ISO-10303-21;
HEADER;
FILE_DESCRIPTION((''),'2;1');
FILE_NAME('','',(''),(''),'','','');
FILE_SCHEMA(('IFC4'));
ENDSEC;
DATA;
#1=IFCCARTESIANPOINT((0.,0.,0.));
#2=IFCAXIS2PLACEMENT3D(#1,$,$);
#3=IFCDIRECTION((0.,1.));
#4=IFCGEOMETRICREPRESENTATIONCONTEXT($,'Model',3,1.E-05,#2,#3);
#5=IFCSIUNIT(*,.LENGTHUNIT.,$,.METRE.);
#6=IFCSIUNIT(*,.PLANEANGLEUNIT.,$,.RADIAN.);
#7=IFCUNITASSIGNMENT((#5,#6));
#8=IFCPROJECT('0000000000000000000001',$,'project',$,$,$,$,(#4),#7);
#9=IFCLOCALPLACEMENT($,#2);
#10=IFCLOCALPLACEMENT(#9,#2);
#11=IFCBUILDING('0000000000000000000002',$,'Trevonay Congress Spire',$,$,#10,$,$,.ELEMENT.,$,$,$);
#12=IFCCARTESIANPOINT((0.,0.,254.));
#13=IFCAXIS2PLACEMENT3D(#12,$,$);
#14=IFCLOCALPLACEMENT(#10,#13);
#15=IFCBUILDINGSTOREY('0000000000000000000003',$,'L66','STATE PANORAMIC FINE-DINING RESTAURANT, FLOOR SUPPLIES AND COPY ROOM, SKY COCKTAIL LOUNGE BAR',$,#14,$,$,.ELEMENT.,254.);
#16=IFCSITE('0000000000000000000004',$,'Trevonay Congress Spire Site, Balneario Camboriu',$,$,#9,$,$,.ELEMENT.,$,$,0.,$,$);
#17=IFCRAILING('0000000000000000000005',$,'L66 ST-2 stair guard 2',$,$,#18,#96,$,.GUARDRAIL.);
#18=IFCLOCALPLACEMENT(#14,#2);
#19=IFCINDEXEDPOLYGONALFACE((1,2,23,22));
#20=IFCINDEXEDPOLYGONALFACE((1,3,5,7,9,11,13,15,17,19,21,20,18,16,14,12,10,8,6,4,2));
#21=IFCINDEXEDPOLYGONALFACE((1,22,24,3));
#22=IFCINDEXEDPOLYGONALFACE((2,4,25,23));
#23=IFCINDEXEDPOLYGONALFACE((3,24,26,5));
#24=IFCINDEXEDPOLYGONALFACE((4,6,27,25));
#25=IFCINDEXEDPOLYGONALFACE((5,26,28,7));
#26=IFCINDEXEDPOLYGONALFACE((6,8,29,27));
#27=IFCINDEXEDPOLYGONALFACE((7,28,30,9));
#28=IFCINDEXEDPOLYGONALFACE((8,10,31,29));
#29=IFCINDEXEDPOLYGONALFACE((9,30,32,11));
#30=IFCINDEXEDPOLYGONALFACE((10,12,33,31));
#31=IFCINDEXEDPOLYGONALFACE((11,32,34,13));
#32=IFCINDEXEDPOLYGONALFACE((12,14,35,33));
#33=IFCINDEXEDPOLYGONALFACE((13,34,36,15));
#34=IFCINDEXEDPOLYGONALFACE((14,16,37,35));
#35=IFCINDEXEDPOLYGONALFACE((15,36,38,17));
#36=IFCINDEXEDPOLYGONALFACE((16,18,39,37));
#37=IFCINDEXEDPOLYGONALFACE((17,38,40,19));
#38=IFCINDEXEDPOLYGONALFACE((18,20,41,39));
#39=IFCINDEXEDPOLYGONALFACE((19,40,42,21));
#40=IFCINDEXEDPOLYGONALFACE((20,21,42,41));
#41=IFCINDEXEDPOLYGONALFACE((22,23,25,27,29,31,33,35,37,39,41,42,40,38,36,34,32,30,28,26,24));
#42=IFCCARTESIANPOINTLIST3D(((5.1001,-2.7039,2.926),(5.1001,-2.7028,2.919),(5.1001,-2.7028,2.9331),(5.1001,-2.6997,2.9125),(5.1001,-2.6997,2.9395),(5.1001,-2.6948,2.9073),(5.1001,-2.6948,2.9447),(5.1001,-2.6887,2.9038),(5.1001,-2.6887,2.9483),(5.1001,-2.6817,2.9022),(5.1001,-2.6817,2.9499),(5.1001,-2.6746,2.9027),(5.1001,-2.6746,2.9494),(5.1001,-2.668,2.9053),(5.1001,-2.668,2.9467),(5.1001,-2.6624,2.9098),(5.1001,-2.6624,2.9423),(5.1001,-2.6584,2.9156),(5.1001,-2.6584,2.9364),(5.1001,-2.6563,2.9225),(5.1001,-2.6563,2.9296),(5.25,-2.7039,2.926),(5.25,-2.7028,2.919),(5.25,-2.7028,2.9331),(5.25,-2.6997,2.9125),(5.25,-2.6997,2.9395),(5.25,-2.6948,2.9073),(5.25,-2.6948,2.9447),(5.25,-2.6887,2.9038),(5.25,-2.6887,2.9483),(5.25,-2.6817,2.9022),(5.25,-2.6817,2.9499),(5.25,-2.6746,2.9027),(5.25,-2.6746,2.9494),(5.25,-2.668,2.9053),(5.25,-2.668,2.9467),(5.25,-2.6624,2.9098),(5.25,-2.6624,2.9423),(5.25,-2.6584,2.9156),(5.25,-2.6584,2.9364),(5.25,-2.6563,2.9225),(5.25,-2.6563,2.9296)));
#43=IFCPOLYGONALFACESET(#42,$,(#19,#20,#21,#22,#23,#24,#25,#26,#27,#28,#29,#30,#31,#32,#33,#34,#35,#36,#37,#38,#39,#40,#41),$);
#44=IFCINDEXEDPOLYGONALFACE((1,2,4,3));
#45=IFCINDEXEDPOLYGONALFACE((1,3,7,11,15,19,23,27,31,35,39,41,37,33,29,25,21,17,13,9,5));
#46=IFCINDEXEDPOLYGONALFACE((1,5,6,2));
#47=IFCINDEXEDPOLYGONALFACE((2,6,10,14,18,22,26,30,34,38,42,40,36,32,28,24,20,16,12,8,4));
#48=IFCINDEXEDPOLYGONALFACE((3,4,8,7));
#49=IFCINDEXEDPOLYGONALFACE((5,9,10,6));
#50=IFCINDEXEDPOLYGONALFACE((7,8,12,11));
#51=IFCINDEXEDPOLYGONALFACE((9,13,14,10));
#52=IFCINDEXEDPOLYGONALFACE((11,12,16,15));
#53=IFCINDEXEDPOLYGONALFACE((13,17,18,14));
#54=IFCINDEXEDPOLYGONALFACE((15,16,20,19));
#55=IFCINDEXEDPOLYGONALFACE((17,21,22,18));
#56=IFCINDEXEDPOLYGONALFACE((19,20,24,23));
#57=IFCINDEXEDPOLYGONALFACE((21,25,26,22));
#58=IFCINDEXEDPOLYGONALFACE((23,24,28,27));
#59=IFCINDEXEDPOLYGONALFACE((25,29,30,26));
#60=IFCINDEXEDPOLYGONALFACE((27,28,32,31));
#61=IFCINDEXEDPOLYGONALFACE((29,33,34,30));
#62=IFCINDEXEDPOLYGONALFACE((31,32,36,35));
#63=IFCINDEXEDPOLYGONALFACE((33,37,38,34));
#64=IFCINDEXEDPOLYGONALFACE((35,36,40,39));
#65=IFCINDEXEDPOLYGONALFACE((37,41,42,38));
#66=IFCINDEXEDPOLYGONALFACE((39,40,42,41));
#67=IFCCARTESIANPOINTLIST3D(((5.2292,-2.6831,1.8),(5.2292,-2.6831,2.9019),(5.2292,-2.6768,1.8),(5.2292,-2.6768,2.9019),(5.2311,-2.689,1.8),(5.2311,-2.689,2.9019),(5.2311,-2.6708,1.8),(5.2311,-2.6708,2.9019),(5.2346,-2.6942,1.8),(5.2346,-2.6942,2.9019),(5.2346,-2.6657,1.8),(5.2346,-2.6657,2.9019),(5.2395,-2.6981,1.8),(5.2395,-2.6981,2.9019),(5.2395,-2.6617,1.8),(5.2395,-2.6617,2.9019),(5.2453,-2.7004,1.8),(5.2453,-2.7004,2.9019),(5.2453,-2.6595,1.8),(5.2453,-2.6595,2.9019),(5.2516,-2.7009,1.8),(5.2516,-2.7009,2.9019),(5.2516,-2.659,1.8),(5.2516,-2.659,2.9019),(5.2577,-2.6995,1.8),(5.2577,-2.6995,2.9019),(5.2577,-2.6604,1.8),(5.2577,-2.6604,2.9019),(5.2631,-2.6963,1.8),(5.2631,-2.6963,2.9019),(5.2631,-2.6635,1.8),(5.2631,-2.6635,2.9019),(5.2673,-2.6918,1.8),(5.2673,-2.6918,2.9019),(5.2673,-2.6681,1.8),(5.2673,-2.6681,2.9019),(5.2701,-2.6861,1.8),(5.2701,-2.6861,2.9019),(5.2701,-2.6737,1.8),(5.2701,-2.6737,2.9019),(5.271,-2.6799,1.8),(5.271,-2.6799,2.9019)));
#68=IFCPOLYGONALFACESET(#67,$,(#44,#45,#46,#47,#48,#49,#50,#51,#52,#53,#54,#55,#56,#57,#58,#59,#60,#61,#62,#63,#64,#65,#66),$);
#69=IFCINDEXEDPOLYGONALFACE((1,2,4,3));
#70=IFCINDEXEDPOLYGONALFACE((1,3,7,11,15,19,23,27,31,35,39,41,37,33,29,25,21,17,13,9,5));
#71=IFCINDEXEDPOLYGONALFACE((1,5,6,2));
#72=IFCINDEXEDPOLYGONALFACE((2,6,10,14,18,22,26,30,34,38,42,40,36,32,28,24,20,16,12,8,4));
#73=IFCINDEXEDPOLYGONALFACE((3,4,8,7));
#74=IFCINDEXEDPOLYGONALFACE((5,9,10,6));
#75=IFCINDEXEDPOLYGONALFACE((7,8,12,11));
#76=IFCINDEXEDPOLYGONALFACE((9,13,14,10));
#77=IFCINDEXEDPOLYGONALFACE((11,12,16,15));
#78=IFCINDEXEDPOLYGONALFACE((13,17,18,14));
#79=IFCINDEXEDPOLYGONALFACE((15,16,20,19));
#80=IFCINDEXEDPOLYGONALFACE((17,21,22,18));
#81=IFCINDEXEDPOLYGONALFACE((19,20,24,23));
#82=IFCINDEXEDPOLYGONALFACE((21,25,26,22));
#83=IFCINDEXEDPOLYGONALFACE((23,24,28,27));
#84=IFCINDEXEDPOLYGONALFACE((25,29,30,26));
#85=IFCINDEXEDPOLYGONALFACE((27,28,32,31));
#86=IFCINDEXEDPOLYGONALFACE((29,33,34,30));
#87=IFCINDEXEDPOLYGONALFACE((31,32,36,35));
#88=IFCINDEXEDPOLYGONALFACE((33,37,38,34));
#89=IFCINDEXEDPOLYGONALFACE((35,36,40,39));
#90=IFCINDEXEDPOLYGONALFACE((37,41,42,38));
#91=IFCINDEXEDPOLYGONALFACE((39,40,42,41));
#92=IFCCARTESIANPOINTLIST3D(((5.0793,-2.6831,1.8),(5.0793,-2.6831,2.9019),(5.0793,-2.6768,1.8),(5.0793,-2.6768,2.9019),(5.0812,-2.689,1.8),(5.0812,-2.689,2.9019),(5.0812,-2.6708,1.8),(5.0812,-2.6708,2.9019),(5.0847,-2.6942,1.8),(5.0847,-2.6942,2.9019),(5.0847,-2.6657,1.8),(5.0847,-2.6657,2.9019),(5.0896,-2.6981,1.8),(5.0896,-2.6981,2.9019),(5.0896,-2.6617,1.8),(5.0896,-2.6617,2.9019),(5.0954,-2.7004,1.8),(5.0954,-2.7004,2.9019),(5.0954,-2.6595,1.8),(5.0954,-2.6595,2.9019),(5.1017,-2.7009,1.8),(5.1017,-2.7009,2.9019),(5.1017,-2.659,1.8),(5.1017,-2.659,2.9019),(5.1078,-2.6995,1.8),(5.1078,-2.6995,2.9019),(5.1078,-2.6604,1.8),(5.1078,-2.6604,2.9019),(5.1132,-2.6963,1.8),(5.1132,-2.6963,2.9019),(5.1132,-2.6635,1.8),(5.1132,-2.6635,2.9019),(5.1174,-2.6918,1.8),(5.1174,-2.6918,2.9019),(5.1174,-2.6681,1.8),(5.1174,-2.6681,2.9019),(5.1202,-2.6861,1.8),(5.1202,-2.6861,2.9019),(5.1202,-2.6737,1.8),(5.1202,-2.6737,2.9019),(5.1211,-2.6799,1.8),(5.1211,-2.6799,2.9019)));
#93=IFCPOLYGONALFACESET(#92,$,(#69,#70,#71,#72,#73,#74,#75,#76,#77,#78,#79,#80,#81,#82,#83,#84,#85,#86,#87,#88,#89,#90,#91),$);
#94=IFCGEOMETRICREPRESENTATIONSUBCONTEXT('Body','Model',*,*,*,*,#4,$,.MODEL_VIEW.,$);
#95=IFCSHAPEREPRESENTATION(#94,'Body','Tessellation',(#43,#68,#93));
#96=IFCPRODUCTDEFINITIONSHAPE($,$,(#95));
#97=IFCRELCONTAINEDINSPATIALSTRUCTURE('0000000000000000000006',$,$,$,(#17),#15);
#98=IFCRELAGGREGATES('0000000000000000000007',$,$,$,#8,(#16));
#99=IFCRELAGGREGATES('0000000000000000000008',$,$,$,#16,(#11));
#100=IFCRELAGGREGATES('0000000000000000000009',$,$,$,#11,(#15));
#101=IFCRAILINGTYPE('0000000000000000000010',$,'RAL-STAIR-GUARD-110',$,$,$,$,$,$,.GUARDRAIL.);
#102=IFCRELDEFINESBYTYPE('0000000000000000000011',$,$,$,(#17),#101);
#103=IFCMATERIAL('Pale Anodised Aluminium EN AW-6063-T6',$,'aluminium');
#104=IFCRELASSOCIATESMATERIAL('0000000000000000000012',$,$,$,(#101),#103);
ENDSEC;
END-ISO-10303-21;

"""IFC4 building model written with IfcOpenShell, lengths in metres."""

from ifc_helpers import new_model, si_unit, direction, frame, origin, origin_2d, place, context, subcontext, project, spatial, circle, extrude, material, type_object, element, save


model = new_model("IFC4")

# Units and contexts
model_context = context("Model", 3, precision=1e-05, world=origin(), true_north=direction((0.0, 1.0)))
body_context = subcontext(model_context, "Body", "Model", "MODEL_VIEW")
ifc_project = project(units=[si_unit("LENGTHUNIT", "METRE"), si_unit("PLANEANGLEUNIT", "RADIAN")], contexts=[model_context])

# Site, building, storey
site_placement = place(None, origin())
site = spatial("IfcSite", under=ifc_project, at=site_placement, Name="Trevonay Congress Spire Site, Balneario Camboriu", CompositionType="ELEMENT", RefElevation=0.0)
building_placement = place(site_placement, origin())
building = spatial("IfcBuilding", under=site, at=building_placement, Name="Trevonay Congress Spire", CompositionType="ELEMENT")
storey_placement = place(building_placement, frame((0.0, 0.0, 254.0)))
storey = spatial("IfcBuildingStorey", under=building, at=storey_placement, Name="L66", Description="STATE PANORAMIC FINE-DINING RESTAURANT, FLOOR SUPPLIES AND COPY ROOM, SKY COCKTAIL LOUNGE BAR", CompositionType="ELEMENT", Elevation=254.0)

# Shared definitions
ifc_material_1 = material(Name="Pale Anodised Aluminium EN AW-6063-T6", Category="aluminium")

# Railing
railing_type_1 = type_object("IfcRailingType", Name="RAL-STAIR-GUARD-110", PredefinedType="GUARDRAIL", material=ifc_material_1)
railing_1_placement = place(storey_placement, frame((5.25, -2.6799, 1.8)))
element("IfcRailing", 1, at=railing_1_placement, inside=storey, type_object=railing_type_1, Name="L66 ST-2 stair guard 2", PredefinedType="GUARDRAIL", context=body_context, shape_type="SweptSolid", body=[
    extrude(circle(Radius=0.0239, at=origin_2d()), frame((0.0, 0.0, 1.126), z_axis=(-1.0, 0.0, 0.0), x_axis=(0.0, -1.0, 0.0)), (0.0, 0.0, 1.0), 0.1499),
    extrude(circle(Radius=0.021, at=origin_2d()), origin(), (0.0, 0.0, 1.0), 1.1018),
    extrude(circle(Radius=0.021, at=origin_2d()), frame((-0.1499, 0.0, 0.0)), (0.0, 0.0, 1.0), 1.1018),
])

save(model, "model.ifc")
